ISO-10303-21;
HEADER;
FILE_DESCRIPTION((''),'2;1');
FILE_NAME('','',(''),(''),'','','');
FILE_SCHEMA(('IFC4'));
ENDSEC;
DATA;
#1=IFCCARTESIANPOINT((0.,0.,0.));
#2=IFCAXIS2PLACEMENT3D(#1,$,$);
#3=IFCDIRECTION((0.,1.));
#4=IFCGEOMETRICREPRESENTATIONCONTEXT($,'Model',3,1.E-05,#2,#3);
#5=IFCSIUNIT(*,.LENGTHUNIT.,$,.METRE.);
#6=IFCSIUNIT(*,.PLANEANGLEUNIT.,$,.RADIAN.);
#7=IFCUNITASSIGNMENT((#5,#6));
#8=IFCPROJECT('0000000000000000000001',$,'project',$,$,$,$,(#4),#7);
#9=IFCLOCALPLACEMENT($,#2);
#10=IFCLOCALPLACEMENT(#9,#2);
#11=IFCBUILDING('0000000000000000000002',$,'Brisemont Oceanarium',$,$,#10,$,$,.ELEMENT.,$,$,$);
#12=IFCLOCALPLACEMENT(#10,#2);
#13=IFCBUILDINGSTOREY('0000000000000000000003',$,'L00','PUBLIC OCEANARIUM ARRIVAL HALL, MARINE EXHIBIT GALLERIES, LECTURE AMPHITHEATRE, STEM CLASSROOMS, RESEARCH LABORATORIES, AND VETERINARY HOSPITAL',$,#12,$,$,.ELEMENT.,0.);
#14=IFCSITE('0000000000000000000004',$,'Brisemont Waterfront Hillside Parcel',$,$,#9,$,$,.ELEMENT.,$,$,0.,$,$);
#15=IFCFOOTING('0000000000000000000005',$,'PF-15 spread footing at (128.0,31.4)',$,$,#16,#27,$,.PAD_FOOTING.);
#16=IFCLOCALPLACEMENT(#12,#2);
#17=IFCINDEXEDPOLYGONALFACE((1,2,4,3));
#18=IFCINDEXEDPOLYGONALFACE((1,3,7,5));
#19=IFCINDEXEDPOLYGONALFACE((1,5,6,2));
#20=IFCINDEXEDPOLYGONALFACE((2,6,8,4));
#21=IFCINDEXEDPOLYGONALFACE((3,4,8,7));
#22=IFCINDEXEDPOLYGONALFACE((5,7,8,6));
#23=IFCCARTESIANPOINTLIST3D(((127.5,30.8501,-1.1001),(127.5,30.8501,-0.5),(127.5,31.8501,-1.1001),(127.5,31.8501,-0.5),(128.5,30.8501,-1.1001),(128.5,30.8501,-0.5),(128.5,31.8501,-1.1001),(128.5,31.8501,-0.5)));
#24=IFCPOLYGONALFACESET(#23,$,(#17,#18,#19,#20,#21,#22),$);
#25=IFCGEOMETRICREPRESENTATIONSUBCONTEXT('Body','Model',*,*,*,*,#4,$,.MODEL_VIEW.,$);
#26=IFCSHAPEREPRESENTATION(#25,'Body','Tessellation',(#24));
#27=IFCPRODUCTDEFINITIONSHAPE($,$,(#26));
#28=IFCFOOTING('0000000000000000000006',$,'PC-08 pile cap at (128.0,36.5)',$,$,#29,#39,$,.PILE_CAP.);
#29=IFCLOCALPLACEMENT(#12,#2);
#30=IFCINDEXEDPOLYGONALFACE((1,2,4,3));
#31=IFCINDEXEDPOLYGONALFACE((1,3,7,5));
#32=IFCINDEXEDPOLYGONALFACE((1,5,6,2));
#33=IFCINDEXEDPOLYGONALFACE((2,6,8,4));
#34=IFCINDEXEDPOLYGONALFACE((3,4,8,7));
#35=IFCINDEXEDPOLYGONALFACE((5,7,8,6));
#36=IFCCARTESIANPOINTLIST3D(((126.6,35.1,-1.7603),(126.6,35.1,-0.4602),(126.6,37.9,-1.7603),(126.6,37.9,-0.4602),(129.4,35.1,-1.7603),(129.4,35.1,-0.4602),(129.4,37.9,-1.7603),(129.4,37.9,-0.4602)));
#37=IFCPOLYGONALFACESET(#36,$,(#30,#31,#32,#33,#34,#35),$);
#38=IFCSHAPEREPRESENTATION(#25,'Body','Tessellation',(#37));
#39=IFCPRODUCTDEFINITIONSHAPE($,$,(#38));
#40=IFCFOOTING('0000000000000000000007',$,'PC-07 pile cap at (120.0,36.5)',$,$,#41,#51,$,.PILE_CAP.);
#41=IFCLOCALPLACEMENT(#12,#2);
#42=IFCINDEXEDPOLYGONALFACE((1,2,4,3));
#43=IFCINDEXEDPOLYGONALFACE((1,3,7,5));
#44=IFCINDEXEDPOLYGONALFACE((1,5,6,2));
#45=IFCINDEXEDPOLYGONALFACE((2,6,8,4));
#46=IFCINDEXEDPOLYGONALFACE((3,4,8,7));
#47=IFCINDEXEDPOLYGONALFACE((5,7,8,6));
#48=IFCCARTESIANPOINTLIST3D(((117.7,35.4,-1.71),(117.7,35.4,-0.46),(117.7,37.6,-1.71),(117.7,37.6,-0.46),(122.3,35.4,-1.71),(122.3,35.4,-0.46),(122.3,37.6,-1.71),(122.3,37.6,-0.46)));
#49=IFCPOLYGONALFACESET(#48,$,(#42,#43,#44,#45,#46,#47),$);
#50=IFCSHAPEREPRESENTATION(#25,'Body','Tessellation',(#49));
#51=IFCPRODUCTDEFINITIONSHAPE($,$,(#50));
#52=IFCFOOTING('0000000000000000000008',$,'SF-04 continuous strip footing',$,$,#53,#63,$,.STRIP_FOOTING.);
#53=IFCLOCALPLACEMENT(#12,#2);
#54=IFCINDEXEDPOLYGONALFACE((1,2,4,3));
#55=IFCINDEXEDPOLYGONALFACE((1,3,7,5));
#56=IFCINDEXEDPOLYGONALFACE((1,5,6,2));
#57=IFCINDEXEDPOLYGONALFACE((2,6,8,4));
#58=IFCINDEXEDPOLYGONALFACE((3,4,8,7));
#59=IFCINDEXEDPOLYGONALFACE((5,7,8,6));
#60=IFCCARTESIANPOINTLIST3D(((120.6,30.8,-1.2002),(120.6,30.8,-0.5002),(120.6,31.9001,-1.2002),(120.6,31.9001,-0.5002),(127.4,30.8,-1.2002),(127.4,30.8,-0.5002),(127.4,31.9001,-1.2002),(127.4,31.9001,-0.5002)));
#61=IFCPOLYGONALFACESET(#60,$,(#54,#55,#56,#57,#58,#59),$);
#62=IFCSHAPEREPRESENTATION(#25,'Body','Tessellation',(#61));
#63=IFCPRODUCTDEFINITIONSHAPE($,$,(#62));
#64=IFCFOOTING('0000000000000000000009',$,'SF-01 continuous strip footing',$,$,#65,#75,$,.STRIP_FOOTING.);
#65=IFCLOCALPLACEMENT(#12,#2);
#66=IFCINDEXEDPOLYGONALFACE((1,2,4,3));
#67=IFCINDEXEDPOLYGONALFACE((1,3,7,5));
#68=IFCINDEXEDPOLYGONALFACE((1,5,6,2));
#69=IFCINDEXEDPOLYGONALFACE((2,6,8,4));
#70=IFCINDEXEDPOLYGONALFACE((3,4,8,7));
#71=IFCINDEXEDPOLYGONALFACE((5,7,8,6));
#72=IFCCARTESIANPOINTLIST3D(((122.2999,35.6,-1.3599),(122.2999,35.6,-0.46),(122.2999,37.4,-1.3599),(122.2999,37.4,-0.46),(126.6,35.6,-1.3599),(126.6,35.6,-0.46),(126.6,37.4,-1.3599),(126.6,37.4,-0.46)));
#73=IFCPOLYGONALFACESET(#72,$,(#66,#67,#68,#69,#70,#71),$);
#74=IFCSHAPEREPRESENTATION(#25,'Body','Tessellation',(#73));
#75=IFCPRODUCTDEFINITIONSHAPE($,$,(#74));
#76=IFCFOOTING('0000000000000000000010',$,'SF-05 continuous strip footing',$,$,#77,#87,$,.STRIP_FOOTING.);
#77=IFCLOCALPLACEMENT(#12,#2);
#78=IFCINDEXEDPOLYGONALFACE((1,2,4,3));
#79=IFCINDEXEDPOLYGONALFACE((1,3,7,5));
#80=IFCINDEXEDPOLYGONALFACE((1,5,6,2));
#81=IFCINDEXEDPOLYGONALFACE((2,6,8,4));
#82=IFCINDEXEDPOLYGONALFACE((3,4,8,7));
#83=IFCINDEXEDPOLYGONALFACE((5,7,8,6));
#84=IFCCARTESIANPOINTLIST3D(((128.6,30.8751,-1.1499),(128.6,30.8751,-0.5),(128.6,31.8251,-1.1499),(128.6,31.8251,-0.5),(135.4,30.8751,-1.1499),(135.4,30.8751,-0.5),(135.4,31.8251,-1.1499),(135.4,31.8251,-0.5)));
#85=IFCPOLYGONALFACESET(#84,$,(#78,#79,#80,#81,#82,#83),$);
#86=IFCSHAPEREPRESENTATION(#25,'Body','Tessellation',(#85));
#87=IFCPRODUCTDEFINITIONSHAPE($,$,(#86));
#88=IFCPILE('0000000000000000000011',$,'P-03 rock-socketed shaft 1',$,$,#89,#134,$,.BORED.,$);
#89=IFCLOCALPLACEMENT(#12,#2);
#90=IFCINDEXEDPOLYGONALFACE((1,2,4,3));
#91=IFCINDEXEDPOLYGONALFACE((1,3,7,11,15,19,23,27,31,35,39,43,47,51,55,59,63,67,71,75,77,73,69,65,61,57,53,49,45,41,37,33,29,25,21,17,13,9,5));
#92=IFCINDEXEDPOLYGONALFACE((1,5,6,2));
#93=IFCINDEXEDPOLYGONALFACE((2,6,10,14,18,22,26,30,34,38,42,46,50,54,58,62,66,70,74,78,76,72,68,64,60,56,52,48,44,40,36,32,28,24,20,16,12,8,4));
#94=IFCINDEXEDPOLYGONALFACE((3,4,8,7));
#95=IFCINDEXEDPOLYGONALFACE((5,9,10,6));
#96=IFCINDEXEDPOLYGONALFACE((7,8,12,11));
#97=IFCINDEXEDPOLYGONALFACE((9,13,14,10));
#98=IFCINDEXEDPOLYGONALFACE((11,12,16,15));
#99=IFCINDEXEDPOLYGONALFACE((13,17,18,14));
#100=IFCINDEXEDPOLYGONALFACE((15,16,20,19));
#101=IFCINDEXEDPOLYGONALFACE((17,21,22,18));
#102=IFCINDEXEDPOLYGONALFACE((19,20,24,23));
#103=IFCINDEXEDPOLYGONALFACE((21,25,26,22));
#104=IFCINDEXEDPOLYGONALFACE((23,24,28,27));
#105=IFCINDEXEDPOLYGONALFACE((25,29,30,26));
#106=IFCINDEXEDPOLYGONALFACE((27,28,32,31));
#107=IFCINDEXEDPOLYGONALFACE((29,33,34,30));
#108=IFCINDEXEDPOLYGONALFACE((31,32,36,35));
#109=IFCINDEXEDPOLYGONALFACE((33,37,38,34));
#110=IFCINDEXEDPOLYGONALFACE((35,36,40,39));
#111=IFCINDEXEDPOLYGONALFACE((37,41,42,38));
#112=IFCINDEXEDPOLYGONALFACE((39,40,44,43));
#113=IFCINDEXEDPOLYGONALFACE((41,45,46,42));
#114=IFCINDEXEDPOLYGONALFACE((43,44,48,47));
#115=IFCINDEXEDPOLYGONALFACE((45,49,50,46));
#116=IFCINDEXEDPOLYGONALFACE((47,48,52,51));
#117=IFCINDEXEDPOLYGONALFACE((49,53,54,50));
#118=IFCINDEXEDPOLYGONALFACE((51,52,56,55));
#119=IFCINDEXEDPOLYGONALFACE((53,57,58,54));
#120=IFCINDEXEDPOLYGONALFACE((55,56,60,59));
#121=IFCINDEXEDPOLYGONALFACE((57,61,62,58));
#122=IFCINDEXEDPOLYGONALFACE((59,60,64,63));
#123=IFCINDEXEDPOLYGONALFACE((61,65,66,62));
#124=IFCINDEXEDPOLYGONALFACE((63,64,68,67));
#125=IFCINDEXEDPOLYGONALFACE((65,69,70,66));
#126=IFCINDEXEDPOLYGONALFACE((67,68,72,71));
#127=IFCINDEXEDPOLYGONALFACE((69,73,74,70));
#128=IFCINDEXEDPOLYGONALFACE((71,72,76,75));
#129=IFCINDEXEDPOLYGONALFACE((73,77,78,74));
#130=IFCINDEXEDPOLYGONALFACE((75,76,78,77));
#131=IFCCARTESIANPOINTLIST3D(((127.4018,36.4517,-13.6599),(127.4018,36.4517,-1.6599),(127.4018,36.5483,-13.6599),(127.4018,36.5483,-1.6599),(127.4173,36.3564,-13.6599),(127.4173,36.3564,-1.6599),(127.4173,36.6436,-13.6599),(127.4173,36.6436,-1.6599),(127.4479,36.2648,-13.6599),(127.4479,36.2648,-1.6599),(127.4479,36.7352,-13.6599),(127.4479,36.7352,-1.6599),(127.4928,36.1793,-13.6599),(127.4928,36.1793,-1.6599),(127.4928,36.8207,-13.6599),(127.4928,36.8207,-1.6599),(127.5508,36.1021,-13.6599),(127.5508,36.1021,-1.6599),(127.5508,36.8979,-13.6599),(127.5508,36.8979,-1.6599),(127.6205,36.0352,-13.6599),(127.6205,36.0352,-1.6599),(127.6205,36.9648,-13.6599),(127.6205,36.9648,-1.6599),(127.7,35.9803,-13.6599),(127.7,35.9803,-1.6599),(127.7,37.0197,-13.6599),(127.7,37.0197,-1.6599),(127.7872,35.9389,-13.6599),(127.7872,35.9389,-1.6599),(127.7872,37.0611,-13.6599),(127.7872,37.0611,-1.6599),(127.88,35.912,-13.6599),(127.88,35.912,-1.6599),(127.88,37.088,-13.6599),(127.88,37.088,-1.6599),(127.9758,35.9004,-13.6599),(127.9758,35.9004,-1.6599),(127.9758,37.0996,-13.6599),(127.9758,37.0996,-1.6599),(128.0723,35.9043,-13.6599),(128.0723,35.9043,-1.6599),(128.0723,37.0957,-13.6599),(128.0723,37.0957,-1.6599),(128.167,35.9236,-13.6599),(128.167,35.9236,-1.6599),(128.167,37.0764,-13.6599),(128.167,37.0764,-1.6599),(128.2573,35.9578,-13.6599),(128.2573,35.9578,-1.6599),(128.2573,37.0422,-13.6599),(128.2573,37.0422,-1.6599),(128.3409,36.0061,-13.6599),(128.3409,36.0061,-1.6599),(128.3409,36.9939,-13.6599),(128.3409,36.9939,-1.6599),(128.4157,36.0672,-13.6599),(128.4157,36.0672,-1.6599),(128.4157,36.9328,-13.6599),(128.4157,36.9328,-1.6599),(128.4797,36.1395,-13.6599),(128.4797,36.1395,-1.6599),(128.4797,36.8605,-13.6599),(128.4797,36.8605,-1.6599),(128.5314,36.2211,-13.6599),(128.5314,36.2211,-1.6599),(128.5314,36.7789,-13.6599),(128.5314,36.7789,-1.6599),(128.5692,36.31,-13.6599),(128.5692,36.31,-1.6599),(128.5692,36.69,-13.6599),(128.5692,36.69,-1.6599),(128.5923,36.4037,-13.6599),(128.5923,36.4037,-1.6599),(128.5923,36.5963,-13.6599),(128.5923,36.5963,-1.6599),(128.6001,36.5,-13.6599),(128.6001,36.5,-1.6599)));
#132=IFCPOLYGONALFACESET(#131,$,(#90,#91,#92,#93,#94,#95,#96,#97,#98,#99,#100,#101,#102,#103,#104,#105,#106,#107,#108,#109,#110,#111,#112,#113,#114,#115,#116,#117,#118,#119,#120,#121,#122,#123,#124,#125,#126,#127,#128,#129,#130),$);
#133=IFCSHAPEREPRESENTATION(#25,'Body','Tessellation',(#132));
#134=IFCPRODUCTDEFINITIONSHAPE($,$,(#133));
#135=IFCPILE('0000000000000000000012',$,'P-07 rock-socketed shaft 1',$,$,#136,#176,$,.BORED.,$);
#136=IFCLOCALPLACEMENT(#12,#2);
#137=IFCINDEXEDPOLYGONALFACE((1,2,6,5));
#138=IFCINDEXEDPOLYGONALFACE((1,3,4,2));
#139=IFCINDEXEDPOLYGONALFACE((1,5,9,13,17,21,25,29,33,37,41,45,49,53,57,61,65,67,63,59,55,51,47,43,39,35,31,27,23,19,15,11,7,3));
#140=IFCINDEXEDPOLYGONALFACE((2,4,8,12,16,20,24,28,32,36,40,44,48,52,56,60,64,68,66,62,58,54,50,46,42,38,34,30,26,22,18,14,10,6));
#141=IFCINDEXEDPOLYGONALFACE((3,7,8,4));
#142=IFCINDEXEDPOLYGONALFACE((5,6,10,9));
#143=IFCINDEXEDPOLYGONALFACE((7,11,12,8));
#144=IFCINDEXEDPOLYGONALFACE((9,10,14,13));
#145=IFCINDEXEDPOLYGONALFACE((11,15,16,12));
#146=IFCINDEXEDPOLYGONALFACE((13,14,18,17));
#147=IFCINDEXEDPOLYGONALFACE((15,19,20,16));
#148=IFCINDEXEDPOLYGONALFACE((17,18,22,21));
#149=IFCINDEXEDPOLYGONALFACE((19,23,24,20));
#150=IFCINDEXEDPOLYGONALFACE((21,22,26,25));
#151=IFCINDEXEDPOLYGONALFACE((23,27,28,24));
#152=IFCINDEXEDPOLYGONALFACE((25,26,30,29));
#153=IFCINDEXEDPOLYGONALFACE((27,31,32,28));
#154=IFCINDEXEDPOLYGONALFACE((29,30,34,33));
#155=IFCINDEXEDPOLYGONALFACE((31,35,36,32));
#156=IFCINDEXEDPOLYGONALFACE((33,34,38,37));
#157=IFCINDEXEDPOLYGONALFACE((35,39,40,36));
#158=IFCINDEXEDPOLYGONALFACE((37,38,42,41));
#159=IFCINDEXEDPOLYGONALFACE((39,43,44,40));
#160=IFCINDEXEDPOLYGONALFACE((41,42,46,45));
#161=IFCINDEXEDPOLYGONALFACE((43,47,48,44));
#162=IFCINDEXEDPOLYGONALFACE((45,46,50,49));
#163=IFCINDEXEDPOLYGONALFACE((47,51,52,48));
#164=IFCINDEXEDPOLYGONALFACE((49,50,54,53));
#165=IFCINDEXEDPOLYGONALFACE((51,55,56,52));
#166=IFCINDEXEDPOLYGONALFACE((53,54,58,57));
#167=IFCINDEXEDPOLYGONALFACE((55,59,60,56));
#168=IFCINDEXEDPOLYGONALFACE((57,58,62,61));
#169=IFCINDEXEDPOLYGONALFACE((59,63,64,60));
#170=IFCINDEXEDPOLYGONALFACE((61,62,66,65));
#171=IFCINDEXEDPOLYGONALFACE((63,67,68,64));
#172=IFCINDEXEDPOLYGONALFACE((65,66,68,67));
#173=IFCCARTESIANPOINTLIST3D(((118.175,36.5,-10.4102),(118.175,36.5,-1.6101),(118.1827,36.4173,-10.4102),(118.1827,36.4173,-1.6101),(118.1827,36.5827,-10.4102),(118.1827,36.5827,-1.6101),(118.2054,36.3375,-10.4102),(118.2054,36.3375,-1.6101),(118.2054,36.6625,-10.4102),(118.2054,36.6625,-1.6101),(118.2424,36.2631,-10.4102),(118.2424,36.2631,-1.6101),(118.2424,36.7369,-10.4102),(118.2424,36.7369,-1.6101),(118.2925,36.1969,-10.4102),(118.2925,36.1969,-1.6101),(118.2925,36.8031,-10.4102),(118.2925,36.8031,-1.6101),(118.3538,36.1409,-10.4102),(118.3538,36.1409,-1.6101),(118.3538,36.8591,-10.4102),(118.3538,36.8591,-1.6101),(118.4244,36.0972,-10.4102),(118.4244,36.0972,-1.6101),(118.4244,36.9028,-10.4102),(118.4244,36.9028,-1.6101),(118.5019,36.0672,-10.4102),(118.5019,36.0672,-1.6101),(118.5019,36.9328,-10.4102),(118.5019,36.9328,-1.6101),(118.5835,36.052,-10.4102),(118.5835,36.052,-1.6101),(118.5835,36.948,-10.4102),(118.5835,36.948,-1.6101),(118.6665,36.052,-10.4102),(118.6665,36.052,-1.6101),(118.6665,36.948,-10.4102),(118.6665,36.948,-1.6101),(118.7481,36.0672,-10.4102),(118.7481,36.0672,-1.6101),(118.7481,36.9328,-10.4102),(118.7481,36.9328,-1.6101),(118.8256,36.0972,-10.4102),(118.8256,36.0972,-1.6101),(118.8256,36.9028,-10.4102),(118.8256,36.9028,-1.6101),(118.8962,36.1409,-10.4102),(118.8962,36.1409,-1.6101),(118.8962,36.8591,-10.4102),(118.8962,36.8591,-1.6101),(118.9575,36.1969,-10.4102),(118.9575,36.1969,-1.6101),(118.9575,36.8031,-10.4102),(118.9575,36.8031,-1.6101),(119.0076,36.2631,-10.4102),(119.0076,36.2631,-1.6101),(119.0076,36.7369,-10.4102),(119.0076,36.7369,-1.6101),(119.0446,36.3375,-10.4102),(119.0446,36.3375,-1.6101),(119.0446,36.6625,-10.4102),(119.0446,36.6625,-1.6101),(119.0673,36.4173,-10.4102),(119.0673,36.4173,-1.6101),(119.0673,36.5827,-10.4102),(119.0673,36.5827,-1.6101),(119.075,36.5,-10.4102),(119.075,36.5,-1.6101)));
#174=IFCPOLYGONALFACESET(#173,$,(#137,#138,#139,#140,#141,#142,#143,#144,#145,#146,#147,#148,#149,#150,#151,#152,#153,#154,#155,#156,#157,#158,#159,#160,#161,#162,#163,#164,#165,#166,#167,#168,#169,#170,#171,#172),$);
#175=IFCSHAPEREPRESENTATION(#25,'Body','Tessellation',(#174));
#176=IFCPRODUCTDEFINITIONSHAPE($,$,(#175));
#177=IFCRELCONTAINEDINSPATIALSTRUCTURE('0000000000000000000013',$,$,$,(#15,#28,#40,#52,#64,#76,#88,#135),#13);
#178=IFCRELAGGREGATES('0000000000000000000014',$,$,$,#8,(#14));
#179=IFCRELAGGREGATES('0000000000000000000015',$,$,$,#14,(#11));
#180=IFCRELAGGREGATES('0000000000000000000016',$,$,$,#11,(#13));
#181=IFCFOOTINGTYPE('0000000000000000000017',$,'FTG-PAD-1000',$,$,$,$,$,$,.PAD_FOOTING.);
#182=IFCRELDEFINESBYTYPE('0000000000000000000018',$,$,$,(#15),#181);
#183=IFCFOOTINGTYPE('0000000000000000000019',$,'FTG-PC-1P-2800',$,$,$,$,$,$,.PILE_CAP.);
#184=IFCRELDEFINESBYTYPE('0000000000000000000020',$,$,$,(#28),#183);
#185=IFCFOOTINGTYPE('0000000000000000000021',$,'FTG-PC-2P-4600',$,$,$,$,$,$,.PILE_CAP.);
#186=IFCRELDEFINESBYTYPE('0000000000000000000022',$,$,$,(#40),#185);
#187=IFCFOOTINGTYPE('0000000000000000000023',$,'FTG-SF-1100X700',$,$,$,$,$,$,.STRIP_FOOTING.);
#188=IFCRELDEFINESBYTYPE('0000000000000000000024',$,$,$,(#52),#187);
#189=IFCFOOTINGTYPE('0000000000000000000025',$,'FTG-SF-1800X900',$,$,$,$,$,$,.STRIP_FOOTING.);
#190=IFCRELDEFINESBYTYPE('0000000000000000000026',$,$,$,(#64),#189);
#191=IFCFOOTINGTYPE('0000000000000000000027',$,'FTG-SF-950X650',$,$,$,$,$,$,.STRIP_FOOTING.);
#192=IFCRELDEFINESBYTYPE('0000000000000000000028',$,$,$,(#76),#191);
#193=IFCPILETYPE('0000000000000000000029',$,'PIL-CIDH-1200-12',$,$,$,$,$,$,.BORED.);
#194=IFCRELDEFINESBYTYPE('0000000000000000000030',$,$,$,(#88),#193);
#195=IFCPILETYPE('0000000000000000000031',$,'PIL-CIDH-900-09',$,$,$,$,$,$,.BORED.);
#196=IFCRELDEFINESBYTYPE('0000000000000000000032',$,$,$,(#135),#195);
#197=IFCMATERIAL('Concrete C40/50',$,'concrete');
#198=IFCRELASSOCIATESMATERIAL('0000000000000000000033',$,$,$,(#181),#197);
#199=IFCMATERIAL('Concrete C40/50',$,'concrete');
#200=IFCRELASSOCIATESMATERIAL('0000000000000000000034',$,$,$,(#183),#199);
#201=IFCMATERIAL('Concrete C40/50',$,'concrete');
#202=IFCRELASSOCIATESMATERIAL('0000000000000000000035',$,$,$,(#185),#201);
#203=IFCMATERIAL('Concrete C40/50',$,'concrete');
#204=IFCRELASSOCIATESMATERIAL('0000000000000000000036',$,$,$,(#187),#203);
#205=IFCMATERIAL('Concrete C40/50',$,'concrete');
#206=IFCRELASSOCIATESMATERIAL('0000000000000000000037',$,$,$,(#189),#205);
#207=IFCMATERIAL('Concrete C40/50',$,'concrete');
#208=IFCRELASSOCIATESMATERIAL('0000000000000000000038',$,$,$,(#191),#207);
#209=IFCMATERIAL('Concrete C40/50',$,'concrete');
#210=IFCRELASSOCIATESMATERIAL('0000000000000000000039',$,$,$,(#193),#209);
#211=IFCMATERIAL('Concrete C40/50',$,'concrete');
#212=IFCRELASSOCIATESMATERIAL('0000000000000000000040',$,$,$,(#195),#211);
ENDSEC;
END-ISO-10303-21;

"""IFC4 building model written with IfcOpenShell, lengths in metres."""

from ifc_helpers import new_model, si_unit, direction, frame, origin, origin_2d, place, context, subcontext, project, spatial, rectangle, circle, extrude, material, material_profile, profile_set, type_object, element, save


model = new_model("IFC4")

# Units and contexts
model_context = context("Model", 3, precision=1e-05, world=origin(), true_north=direction((0.0, 1.0)))
body_context = subcontext(model_context, "Body", "Model", "MODEL_VIEW")
ifc_project = project(units=[si_unit("LENGTHUNIT", "METRE"), si_unit("PLANEANGLEUNIT", "RADIAN")], contexts=[model_context])

# Site, building, storey
site_placement = place(None, origin())
site = spatial("IfcSite", under=ifc_project, at=site_placement, Name="Brisemont Waterfront Hillside Parcel", CompositionType="ELEMENT", RefElevation=0.0)
building_placement = place(site_placement, origin())
building = spatial("IfcBuilding", under=site, at=building_placement, Name="Brisemont Oceanarium", CompositionType="ELEMENT")
storey_placement = place(building_placement, origin())
storey = spatial("IfcBuildingStorey", under=building, at=storey_placement, Name="L00", Description="PUBLIC OCEANARIUM ARRIVAL HALL, MARINE EXHIBIT GALLERIES, LECTURE AMPHITHEATRE, STEM CLASSROOMS, RESEARCH LABORATORIES, AND VETERINARY HOSPITAL", CompositionType="ELEMENT", Elevation=0.0)

# Footings
ifc_material_1 = material(Name="Concrete C40/50", Category="concrete")
footing_type_1 = type_object("IfcFootingType", Name="FTG-PAD-1000", PredefinedType="PAD_FOOTING", material=ifc_material_1)
footing_1_placement = place(storey_placement, frame((128.0, 31.3501, -1.1001), z_axis=(0.0, 0.0, 1.0), x_axis=(1.0, 0.0, 0.0)))
element("IfcFooting", 1, at=footing_1_placement, inside=storey, type_object=footing_type_1, Name="PF-15 spread footing at (128.0,31.4)", PredefinedType="PAD_FOOTING", context=body_context, shape_type="SweptSolid", body=[
    extrude(rectangle(XDim=1.0, YDim=1.0, at=origin_2d()), origin(), (0.0, 0.0, 1.0), 0.6001),
])
ifc_material_2 = material(Name="Concrete C40/50", Category="concrete")
footing_type_2 = type_object("IfcFootingType", Name="FTG-PC-1P-2800", PredefinedType="PILE_CAP", material=ifc_material_2)
footing_2_placement = place(storey_placement, frame((128.0, 36.5, -1.7603), z_axis=(0.0, 0.0, 1.0), x_axis=(1.0, 0.0, 0.0)))
element("IfcFooting", 2, at=footing_2_placement, inside=storey, type_object=footing_type_2, Name="PC-08 pile cap at (128.0,36.5)", PredefinedType="PILE_CAP", context=body_context, shape_type="SweptSolid", body=[
    extrude(rectangle(XDim=2.8, YDim=2.8, at=origin_2d()), origin(), (0.0, 0.0, 1.0), 1.3),
])
ifc_material_3 = material(Name="Concrete C40/50", Category="concrete")
footing_type_3 = type_object("IfcFootingType", Name="FTG-PC-2P-4600", PredefinedType="PILE_CAP", material=ifc_material_3)
footing_3_placement = place(storey_placement, frame((120.0, 36.5, -1.71), z_axis=(0.0, 0.0, 1.0), x_axis=(1.0, 0.0, 0.0)))
element("IfcFooting", 3, at=footing_3_placement, inside=storey, type_object=footing_type_3, Name="PC-07 pile cap at (120.0,36.5)", PredefinedType="PILE_CAP", context=body_context, shape_type="SweptSolid", body=[
    extrude(rectangle(XDim=4.6001, YDim=2.2, at=origin_2d()), origin(), (0.0, 0.0, 1.0), 1.25),
])
ifc_material_4 = material(Name="Concrete C40/50", Category="concrete")
footing_type_4 = type_object("IfcFootingType", Name="FTG-SF-1100X700", PredefinedType="STRIP_FOOTING", material=ifc_material_4)
footing_4_placement = place(storey_placement, frame((124.0, 31.3501, -1.2002), z_axis=(0.0, 0.0, 1.0), x_axis=(1.0, 0.0, 0.0)))
element("IfcFooting", 4, at=footing_4_placement, inside=storey, type_object=footing_type_4, Name="SF-04 continuous strip footing", PredefinedType="STRIP_FOOTING", context=body_context, shape_type="SweptSolid", body=[
    extrude(rectangle(XDim=6.8, YDim=1.1001, at=origin_2d()), origin(), (0.0, 0.0, 1.0), 0.7),
])
ifc_material_5 = material(Name="Concrete C40/50", Category="concrete")
footing_type_5 = type_object("IfcFootingType", Name="FTG-SF-1800X900", PredefinedType="STRIP_FOOTING", material=ifc_material_5)
footing_5_placement = place(storey_placement, frame((124.45, 36.5, -1.3599), z_axis=(0.0, 0.0, 1.0), x_axis=(1.0, 0.0, 0.0)))
element("IfcFooting", 5, at=footing_5_placement, inside=storey, type_object=footing_type_5, Name="SF-01 continuous strip footing", PredefinedType="STRIP_FOOTING", context=body_context, shape_type="SweptSolid", body=[
    extrude(rectangle(XDim=4.3, YDim=1.8, at=origin_2d()), origin(), (0.0, 0.0, 1.0), 0.8999),
])
ifc_material_6 = material(Name="Concrete C40/50", Category="concrete")
footing_type_6 = type_object("IfcFootingType", Name="FTG-SF-950X650", PredefinedType="STRIP_FOOTING", material=ifc_material_6)
footing_6_placement = place(storey_placement, frame((132.0, 31.3501, -1.1499), z_axis=(0.0, 0.0, 1.0), x_axis=(1.0, 0.0, 0.0)))
element("IfcFooting", 6, at=footing_6_placement, inside=storey, type_object=footing_type_6, Name="SF-05 continuous strip footing", PredefinedType="STRIP_FOOTING", context=body_context, shape_type="SweptSolid", body=[
    extrude(rectangle(XDim=6.8, YDim=0.95, at=origin_2d()), origin(), (0.0, 0.0, 1.0), 0.6499),
])

# Piles
ifc_material_7 = material(Name="Concrete C40/50", Category="concrete")
ifc_material_profile_1 = material_profile(ifc_material_7, circle(Radius=0.6001, at=origin_2d()), Name="CIDH-D1200")
ifc_profile_set_1 = profile_set([ifc_material_profile_1], Name="Concrete C40/50")
pile_type_1 = type_object("IfcPileType", Name="PIL-CIDH-1200-12", PredefinedType="BORED", material=ifc_profile_set_1)
pile_placement = place(storey_placement, frame((128.0, 36.5, -1.6599), z_axis=(0.0, 0.0, -1.0), x_axis=(1.0, 0.0, 0.0)))
element("IfcPile", 7, at=pile_placement, inside=storey, type_object=pile_type_1, Name="P-03 rock-socketed shaft 1", PredefinedType="BORED", context=body_context, shape_type="SweptSolid", body=[
    extrude(circle(Radius=0.6001, at=origin_2d()), origin(), (0.0, 0.0, 1.0), 12.0),
])
ifc_material_8 = material(Name="Concrete C40/50", Category="concrete")
ifc_material_profile_2 = material_profile(ifc_material_8, circle(Radius=0.45, at=origin_2d()), Name="CIDH-D900")
ifc_profile_set_2 = profile_set([ifc_material_profile_2], Name="Concrete C40/50")
pile_type_2 = type_object("IfcPileType", Name="PIL-CIDH-900-09", PredefinedType="BORED", material=ifc_profile_set_2)
for number, where, z_axis, x_axis, name in (
    (8, (118.625, 36.5, -1.6101), (0.0, 0.0, -1.0), (1.0, 0.0, 0.0), "P-07 rock-socketed shaft 1"),
):
    element("IfcPile", number, at=place(storey_placement, frame(where, z_axis=z_axis, x_axis=x_axis)), inside=storey, type_object=pile_type_2, Name=name, PredefinedType="BORED", context=body_context, shape_type="SweptSolid", body=[
        extrude(circle(Radius=0.45, at=origin_2d()), origin(), (0.0, 0.0, 1.0), 8.8),
    ])

save(model, "model.ifc")
